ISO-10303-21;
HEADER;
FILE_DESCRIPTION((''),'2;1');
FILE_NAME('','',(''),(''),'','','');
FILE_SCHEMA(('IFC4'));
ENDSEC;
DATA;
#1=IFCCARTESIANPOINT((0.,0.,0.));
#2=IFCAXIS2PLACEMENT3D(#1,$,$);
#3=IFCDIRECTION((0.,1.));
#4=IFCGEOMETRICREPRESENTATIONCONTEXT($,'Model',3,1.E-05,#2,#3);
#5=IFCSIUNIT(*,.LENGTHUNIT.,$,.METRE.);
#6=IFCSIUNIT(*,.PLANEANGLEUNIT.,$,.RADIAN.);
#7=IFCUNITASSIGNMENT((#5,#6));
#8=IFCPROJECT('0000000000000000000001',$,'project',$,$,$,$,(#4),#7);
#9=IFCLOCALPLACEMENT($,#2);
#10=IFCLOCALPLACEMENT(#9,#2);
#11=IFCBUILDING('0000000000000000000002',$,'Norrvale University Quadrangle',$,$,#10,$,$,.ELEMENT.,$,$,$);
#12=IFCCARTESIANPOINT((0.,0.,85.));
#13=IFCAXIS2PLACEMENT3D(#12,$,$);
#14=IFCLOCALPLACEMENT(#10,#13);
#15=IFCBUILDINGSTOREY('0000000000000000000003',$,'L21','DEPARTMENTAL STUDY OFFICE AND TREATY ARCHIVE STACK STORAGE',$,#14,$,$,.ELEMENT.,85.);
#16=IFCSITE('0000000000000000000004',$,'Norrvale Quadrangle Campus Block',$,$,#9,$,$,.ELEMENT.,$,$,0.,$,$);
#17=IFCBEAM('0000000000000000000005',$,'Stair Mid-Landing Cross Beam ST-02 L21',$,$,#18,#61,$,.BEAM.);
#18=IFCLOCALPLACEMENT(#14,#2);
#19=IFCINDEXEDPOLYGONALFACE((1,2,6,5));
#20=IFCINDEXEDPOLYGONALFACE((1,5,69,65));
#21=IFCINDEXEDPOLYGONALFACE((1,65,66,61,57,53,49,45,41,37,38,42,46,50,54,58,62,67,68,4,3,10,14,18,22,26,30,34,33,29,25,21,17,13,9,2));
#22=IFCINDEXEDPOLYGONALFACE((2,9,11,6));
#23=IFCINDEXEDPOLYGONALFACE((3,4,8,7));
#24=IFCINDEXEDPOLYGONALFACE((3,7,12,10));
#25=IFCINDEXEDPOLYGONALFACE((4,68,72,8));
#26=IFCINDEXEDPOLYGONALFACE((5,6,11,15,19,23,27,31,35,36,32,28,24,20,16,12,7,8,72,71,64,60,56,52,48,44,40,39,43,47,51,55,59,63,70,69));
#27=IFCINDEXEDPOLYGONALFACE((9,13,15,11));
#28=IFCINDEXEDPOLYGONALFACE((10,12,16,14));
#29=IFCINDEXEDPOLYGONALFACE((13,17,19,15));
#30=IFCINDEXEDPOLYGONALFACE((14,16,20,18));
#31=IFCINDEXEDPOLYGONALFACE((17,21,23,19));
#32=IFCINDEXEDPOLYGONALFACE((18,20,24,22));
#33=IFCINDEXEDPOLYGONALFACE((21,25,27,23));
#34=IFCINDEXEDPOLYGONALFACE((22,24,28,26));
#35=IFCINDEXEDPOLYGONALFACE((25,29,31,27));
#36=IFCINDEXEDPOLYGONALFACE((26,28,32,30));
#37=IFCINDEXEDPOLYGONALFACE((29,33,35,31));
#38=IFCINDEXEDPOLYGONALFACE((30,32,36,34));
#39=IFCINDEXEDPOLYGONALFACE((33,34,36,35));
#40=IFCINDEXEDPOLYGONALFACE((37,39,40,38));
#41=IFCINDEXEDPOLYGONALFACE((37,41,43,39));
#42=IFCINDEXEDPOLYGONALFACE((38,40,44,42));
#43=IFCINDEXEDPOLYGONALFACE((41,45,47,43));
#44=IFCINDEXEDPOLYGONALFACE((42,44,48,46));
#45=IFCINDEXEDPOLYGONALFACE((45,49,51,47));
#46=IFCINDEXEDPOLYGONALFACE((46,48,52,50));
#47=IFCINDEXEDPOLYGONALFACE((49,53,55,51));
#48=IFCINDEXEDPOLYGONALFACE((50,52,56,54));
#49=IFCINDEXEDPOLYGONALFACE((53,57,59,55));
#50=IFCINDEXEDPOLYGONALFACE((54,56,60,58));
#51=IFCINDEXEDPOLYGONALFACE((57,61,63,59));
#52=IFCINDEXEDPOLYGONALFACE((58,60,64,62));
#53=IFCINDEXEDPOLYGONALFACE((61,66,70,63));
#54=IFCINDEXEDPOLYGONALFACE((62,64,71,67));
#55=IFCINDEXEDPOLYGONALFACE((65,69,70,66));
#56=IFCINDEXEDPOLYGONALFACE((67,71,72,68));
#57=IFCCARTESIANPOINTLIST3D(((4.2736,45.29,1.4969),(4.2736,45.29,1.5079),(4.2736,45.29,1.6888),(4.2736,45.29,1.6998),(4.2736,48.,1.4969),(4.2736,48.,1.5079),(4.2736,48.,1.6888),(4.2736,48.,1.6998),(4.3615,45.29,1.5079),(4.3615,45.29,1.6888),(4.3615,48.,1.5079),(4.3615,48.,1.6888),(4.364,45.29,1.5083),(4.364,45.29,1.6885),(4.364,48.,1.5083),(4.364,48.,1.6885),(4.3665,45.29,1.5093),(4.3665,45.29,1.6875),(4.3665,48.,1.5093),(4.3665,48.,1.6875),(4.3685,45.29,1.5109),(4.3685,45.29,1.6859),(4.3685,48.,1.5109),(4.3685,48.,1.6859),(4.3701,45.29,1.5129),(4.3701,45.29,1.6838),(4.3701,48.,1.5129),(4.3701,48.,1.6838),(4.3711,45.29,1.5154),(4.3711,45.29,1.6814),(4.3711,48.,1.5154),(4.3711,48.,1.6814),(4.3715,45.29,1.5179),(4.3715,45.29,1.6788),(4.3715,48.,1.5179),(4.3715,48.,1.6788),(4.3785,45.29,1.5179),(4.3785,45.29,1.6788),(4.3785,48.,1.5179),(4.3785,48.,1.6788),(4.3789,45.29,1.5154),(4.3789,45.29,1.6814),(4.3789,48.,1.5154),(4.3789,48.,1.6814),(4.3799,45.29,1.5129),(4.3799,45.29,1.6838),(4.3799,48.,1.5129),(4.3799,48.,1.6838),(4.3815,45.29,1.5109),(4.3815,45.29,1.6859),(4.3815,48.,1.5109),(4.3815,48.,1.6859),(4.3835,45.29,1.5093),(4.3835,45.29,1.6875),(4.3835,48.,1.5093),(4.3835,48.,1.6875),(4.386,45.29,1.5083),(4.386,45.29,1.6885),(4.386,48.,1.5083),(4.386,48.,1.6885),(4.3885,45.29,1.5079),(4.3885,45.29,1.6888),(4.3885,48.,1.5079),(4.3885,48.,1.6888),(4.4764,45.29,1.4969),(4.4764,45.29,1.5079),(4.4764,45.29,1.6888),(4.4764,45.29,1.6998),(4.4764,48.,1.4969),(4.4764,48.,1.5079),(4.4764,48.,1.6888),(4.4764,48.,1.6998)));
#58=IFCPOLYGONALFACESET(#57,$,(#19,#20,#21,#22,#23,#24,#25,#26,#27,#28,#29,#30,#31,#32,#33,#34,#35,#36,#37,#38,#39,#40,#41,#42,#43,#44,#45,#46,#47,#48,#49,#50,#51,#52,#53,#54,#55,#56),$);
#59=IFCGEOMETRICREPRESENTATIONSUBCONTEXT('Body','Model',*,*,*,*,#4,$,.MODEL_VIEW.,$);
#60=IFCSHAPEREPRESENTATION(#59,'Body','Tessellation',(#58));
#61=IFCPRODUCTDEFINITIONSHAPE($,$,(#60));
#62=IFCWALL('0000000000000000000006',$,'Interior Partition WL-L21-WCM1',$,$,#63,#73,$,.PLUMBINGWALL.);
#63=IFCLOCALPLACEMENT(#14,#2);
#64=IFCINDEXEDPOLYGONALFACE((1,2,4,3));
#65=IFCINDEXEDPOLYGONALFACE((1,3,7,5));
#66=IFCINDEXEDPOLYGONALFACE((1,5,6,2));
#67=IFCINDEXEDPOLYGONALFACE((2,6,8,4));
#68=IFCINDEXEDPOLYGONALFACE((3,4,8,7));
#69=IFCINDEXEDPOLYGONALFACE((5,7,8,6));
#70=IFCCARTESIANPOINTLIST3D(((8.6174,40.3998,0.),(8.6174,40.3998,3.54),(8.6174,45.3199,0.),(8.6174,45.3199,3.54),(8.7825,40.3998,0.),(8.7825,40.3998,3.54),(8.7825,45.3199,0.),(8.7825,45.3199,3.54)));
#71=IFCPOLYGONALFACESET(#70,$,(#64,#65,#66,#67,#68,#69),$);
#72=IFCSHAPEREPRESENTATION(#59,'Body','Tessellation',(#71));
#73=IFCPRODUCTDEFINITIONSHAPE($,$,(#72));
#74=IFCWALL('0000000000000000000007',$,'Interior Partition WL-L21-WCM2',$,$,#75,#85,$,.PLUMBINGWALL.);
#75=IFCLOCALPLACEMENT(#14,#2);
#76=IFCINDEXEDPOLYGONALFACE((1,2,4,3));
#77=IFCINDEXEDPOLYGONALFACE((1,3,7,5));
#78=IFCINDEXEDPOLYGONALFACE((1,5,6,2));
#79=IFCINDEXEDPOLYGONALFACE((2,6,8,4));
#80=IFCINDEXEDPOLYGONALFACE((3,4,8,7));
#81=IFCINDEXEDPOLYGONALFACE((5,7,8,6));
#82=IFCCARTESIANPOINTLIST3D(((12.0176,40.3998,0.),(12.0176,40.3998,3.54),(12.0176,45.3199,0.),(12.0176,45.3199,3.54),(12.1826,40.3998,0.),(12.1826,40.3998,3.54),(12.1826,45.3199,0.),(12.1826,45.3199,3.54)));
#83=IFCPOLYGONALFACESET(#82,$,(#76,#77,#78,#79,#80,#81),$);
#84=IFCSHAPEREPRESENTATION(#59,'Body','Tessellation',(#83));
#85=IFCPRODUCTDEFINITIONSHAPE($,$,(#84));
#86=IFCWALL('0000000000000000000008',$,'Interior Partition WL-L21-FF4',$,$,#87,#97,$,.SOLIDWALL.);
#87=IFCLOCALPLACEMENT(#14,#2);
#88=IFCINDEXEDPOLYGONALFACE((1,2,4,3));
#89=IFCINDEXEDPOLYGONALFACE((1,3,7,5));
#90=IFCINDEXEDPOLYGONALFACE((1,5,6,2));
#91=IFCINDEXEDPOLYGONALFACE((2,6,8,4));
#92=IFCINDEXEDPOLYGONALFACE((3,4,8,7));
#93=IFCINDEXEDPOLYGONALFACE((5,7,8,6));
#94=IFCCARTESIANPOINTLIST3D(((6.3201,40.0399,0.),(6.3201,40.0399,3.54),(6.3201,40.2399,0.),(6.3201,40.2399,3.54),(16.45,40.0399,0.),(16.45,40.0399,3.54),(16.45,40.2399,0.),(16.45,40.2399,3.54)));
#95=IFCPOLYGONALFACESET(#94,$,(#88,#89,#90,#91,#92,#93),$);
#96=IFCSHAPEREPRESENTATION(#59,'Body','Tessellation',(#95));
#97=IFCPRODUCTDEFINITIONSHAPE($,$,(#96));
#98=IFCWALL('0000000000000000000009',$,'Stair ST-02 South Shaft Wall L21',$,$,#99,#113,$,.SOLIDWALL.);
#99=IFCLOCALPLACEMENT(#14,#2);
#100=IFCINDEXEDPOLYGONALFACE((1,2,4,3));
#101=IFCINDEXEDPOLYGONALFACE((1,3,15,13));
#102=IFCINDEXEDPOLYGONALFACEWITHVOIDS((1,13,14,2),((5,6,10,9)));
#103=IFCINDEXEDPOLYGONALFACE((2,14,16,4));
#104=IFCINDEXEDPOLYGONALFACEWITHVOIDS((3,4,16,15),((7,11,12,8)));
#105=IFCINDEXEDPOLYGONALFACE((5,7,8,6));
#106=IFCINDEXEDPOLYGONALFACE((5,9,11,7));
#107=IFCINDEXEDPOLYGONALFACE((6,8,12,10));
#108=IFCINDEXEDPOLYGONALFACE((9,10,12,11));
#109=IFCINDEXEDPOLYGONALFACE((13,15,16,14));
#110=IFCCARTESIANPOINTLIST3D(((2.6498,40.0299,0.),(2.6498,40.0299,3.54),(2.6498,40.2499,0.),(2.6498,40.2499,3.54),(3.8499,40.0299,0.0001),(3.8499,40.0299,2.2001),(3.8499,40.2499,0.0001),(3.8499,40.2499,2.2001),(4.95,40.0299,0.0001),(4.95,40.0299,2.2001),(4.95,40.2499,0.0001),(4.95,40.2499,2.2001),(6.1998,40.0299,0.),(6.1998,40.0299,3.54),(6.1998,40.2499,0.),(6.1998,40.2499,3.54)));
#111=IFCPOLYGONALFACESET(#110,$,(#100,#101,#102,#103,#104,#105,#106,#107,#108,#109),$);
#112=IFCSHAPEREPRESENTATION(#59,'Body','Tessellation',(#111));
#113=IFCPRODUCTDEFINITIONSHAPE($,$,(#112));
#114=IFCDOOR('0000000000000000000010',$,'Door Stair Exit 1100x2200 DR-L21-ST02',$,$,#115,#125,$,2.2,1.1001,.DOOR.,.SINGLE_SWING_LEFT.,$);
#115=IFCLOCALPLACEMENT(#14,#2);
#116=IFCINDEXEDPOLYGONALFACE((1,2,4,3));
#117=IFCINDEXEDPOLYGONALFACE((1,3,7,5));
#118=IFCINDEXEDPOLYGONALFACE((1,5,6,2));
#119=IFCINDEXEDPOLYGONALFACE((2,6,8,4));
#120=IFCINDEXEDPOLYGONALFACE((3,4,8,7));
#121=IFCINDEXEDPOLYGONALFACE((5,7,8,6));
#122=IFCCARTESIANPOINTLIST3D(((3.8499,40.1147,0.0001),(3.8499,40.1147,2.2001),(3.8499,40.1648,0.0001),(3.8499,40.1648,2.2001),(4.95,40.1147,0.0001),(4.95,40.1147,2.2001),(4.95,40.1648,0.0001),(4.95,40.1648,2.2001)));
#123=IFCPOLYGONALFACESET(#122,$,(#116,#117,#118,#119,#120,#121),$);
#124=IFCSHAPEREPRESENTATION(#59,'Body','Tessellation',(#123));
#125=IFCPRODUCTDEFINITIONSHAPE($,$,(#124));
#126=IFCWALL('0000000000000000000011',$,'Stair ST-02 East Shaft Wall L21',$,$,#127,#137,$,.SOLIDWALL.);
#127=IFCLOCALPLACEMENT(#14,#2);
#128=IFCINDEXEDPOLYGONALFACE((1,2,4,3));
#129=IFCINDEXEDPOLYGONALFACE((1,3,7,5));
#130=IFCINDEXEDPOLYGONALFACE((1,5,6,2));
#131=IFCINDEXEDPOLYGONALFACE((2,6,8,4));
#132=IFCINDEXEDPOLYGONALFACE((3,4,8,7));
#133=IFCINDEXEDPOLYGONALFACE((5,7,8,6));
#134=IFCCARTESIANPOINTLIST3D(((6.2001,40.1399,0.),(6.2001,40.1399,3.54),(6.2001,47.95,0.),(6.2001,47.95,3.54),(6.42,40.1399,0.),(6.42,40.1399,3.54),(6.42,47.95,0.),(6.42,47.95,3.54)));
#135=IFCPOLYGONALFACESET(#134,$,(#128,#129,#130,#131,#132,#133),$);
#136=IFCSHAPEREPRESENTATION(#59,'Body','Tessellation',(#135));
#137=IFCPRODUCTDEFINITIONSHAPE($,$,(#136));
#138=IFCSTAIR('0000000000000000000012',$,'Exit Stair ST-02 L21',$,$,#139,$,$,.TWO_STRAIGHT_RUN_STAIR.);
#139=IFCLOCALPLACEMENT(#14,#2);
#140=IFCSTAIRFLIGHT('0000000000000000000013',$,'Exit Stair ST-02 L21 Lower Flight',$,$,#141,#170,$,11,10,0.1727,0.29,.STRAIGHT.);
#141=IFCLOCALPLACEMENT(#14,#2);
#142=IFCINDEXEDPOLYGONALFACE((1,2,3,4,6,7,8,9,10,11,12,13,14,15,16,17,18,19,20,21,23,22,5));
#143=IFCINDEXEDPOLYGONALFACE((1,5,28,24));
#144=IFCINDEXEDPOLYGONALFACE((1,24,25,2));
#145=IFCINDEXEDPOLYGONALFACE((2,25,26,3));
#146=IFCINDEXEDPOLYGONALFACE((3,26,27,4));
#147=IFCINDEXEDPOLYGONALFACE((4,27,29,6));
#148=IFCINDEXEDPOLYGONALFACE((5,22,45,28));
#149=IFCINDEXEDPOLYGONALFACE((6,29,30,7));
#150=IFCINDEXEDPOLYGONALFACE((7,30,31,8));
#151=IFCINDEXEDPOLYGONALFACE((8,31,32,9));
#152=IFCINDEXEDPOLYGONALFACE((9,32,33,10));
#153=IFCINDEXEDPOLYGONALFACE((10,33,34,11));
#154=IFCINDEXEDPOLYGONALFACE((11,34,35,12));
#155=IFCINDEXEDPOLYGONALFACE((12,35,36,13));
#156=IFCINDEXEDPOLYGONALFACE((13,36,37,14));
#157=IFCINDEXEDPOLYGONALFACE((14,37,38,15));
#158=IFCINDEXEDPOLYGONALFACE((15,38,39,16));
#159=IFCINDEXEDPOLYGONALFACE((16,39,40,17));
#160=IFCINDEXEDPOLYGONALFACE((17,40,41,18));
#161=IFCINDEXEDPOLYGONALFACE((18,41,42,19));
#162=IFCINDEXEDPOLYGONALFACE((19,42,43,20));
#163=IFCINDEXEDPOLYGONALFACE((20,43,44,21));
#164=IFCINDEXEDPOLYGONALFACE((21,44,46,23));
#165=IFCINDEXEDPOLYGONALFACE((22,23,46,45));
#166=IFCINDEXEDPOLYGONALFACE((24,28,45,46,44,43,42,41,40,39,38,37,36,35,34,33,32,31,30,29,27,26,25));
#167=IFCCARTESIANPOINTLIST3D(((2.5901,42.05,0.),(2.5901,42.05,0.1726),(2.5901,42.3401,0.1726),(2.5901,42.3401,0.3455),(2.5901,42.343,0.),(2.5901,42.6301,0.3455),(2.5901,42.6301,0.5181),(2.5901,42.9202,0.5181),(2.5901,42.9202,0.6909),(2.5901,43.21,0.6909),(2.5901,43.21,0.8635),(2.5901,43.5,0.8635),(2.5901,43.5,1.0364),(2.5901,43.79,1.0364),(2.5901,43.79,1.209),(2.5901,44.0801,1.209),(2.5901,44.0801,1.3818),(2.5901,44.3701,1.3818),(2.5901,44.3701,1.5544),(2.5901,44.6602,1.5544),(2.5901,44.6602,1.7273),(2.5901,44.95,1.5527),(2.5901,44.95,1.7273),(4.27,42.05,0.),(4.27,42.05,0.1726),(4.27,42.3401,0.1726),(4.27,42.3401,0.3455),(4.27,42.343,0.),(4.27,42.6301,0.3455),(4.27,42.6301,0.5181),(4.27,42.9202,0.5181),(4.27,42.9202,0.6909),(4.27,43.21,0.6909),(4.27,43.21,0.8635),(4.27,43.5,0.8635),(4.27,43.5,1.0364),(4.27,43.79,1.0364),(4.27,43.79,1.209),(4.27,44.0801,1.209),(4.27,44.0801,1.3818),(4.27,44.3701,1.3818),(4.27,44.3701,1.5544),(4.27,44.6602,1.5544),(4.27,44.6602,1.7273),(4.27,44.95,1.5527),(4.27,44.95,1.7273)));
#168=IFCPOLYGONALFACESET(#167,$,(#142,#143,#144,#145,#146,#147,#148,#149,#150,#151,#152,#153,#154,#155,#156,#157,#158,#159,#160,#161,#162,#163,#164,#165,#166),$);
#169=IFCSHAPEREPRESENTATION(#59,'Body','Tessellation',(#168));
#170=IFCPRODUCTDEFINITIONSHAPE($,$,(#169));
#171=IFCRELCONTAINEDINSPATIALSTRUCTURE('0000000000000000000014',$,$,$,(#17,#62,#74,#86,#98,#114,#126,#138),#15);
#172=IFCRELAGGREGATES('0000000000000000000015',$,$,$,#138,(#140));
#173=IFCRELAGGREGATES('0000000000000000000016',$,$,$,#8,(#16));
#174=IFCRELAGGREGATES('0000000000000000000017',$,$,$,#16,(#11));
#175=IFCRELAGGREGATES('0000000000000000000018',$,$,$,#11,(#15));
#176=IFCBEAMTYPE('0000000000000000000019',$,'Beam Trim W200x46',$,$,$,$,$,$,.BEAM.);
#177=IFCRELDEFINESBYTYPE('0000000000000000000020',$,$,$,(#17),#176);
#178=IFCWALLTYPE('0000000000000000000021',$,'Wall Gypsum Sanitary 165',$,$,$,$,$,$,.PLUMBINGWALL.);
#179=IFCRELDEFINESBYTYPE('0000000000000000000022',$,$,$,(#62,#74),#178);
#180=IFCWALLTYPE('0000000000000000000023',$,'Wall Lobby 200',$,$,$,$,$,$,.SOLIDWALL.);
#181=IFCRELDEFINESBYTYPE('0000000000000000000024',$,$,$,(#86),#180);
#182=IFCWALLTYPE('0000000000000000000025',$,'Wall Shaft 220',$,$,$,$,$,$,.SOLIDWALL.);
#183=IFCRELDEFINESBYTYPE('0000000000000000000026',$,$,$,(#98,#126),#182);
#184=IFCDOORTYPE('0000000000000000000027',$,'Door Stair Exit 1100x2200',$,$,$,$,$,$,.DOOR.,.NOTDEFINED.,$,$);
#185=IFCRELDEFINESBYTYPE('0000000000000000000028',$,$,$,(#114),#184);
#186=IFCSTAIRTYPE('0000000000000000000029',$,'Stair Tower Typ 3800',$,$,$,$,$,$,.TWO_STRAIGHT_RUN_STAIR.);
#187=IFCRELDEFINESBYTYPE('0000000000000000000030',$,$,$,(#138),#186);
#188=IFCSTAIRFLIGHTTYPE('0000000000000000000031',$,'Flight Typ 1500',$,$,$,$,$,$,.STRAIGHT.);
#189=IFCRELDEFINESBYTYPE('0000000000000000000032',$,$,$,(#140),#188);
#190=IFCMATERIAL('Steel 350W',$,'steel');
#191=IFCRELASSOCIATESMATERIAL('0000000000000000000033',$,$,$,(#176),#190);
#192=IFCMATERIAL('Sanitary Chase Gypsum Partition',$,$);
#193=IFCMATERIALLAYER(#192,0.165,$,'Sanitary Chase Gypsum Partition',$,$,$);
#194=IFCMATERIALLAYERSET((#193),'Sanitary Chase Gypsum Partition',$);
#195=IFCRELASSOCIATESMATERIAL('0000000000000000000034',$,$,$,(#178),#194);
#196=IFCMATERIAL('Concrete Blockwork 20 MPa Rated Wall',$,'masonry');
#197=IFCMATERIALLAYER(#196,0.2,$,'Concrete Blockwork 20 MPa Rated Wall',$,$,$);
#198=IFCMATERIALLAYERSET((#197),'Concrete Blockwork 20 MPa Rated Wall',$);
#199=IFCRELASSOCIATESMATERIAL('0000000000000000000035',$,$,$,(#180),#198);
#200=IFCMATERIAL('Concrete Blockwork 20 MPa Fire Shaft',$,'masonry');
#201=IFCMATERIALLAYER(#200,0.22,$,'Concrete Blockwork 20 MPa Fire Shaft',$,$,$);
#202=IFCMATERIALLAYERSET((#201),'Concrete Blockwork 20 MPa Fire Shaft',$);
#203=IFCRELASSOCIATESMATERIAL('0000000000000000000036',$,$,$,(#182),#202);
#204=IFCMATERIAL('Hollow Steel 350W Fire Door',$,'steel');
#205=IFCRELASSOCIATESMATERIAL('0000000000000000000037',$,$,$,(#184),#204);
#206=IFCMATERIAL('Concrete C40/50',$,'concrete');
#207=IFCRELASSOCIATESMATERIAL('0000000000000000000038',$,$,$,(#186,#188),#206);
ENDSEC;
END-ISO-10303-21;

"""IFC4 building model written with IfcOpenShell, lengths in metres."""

from ifc_helpers import new_model, si_unit, direction, frame, frame_2d, origin, origin_2d, place, context, subcontext, project, spatial, polyline, rectangle, i_section, outline, extrude, material, layer, layer_set, material_profile, profile_set, type_object, element, fill, aggregate, save


model = new_model("IFC4")

# Units and contexts
model_context = context("Model", 3, precision=1e-05, world=origin(), true_north=direction((0.0, 1.0)))
body_context = subcontext(model_context, "Body", "Model", "MODEL_VIEW")
ifc_project = project(units=[si_unit("LENGTHUNIT", "METRE"), si_unit("PLANEANGLEUNIT", "RADIAN")], contexts=[model_context])

# Site, building, storey
site_placement = place(None, origin())
site = spatial("IfcSite", under=ifc_project, at=site_placement, Name="Norrvale Quadrangle Campus Block", CompositionType="ELEMENT", RefElevation=0.0)
building_placement = place(site_placement, origin())
building = spatial("IfcBuilding", under=site, at=building_placement, Name="Norrvale University Quadrangle", CompositionType="ELEMENT")
storey_placement = place(building_placement, frame((0.0, 0.0, 85.0)))
storey = spatial("IfcBuildingStorey", under=building, at=storey_placement, Name="L21", Description="DEPARTMENTAL STUDY OFFICE AND TREATY ARCHIVE STACK STORAGE", CompositionType="ELEMENT", Elevation=85.0)

# Beam
ifc_material_1 = material(Name="Steel 350W", Category="steel")
ifc_material_profile_1 = material_profile(ifc_material_1, i_section(OverallWidth=0.2029, OverallDepth=0.2029, WebThickness=0.0071, FlangeThickness=0.011, FilletRadius=0.01, at=origin_2d()), Name="Steel 350W")
ifc_profile_set_1 = profile_set([ifc_material_profile_1], Name="Steel 350W")
beam_type_1 = type_object("IfcBeamType", Name="Beam Trim W200x46", PredefinedType="BEAM", material=ifc_profile_set_1)
beam_1_placement = place(storey_placement, frame((4.375, 45.29, 1.5984), z_axis=(0.0, 1.0, 0.0), x_axis=(-1.0, 0.0, 0.0)))
element("IfcBeam", 1, at=beam_1_placement, inside=storey, type_object=beam_type_1, Name="Stair Mid-Landing Cross Beam ST-02 L21", PredefinedType="BEAM", context=body_context, shape_type="SweptSolid", body=[
    extrude(i_section(OverallWidth=0.2029, OverallDepth=0.2029, WebThickness=0.0071, FlangeThickness=0.011, FilletRadius=0.01, at=origin_2d()), origin(), (0.0, 0.0, 1.0), 2.71),
])

# Walls
ifc_material_2 = material(Name="Sanitary Chase Gypsum Partition")
ifc_layer_1 = layer(ifc_material_2, 0.165, Name="Sanitary Chase Gypsum Partition")
ifc_layer_set_1 = layer_set([ifc_layer_1], Name="Sanitary Chase Gypsum Partition")
wall_type_1 = type_object("IfcWallType", Name="Wall Gypsum Sanitary 165", PredefinedType="PLUMBINGWALL", material=ifc_layer_set_1)
for number, where, z_axis, x_axis, name in (
    (2, (8.7, 40.3999, 0.0), (0.0, 0.0, 1.0), (0.0, 1.0, 0.0), "Interior Partition WL-L21-WCM1"),
    (3, (12.1001, 40.3999, 0.0), (0.0, 0.0, 1.0), (0.0, 1.0, 0.0), "Interior Partition WL-L21-WCM2"),
):
    element("IfcWall", number, at=place(storey_placement, frame(where, z_axis=z_axis, x_axis=x_axis)), inside=storey, type_object=wall_type_1, Name=name, PredefinedType="PLUMBINGWALL", context=body_context, shape_type="SweptSolid", body=[
        extrude(rectangle(XDim=4.9202, YDim=0.165, at=frame_2d((2.46, 0.0))), origin(), (0.0, 0.0, 1.0), 3.54),
    ])
ifc_material_3 = material(Name="Concrete Blockwork 20 MPa Rated Wall", Category="masonry")
ifc_layer_2 = layer(ifc_material_3, 0.2, Name="Concrete Blockwork 20 MPa Rated Wall")
ifc_layer_set_2 = layer_set([ifc_layer_2], Name="Concrete Blockwork 20 MPa Rated Wall")
wall_type_2 = type_object("IfcWallType", Name="Wall Lobby 200", PredefinedType="SOLIDWALL", material=ifc_layer_set_2)
wall_1_placement = place(storey_placement, frame((6.3201, 40.1399, 0.0), z_axis=(0.0, 0.0, 1.0), x_axis=(1.0, 0.0, 0.0)))
element("IfcWall", 4, at=wall_1_placement, inside=storey, type_object=wall_type_2, Name="Interior Partition WL-L21-FF4", PredefinedType="SOLIDWALL", context=body_context, shape_type="SweptSolid", body=[
    extrude(rectangle(XDim=10.1299, YDim=0.2, at=frame_2d((5.0649, 0.0))), origin(), (0.0, 0.0, 1.0), 3.54),
])

# Wall, opening, door
ifc_material_4 = material(Name="Concrete Blockwork 20 MPa Fire Shaft", Category="masonry")
ifc_layer_3 = layer(ifc_material_4, 0.22, Name="Concrete Blockwork 20 MPa Fire Shaft")
ifc_layer_set_3 = layer_set([ifc_layer_3], Name="Concrete Blockwork 20 MPa Fire Shaft")
wall_type_3 = type_object("IfcWallType", Name="Wall Shaft 220", PredefinedType="SOLIDWALL", material=ifc_layer_set_3)
wall_2_placement = place(storey_placement, frame((2.6499, 40.1399, 0.0), z_axis=(0.0, 0.0, 1.0), x_axis=(1.0, 0.0, 0.0)))
wall_2 = element("IfcWall", 5, at=wall_2_placement, inside=storey, type_object=wall_type_3, Name="Stair ST-02 South Shaft Wall L21", PredefinedType="SOLIDWALL", context=body_context, shape_type="SweptSolid", body=[
    extrude(rectangle(XDim=3.55, YDim=0.22, at=frame_2d((1.7749, 0.0))), origin(), (0.0, 0.0, 1.0), 3.54),
])
opening_placement = place(wall_2_placement, frame((1.2, 0.0, 0.0)))
opening = element("IfcOpeningElement", 6, at=opening_placement, cuts=wall_2, PredefinedType="OPENING", context=body_context, shape_type="SweptSolid", body=[
    extrude(rectangle(XDim=1.1001, YDim=2.2, at=frame_2d((0.55, 1.1001))), frame((0.0, 0.1221, 0.0), z_axis=(0.0, -1.0, 0.0), x_axis=(1.0, 0.0, 0.0)), (0.0, 0.0, 1.0), 0.2439),
])
ifc_material_5 = material(Name="Hollow Steel 350W Fire Door", Category="steel")
door_type = type_object("IfcDoorType", Name="Door Stair Exit 1100x2200", OperationType="NOTDEFINED", PredefinedType="DOOR", material=ifc_material_5)
door_placement = place(opening_placement, origin())
door = element("IfcDoor", 7, at=door_placement, inside=storey, type_object=door_type, Name="Door Stair Exit 1100x2200 DR-L21-ST02", OperationType="SINGLE_SWING_LEFT", OverallHeight=2.2, OverallWidth=1.1001, PredefinedType="DOOR", context=body_context, shape_type="SweptSolid", body=[
    extrude(rectangle(XDim=1.1001, YDim=2.2, at=frame_2d((0.55, 1.1001))), frame((0.0, 0.0249, 0.0), z_axis=(0.0, -1.0, 0.0), x_axis=(1.0, 0.0, 0.0)), (0.0, 0.0, 1.0), 0.05),
])
fill(opening, door)

# Wall
wall_3_placement = place(storey_placement, frame((6.3101, 40.1399, 0.0), z_axis=(0.0, 0.0, 1.0), x_axis=(0.0, 1.0, 0.0)))
element("IfcWall", 8, at=wall_3_placement, inside=storey, type_object=wall_type_3, Name="Stair ST-02 East Shaft Wall L21", PredefinedType="SOLIDWALL", context=body_context, shape_type="SweptSolid", body=[
    extrude(rectangle(XDim=7.8101, YDim=0.22, at=frame_2d((3.905, 0.0))), origin(), (0.0, 0.0, 1.0), 3.54),
])

# Stair, stair flight
ifc_material_6 = material(Name="Concrete C40/50", Category="concrete")
stair_type = type_object("IfcStairType", Name="Stair Tower Typ 3800", PredefinedType="TWO_STRAIGHT_RUN_STAIR", material=ifc_material_6)
stair_placement = place(storey_placement, origin())
stair = element("IfcStair", 9, at=stair_placement, inside=storey, type_object=stair_type, Name="Exit Stair ST-02 L21", PredefinedType="TWO_STRAIGHT_RUN_STAIR")
stair_flight_type = type_object("IfcStairFlightType", Name="Flight Typ 1500", PredefinedType="STRAIGHT", material=ifc_material_6)
stair_flight_1_placement = place(storey_placement, frame((3.4299, 42.05, 0.0), z_axis=(0.0, 0.0, 1.0), x_axis=(0.0, 1.0, 0.0)))
stair_flight_1 = element("IfcStairFlight", 10, at=stair_flight_1_placement, type_object=stair_flight_type, Name="Exit Stair ST-02 L21 Lower Flight", NumberOfRisers=11, NumberOfTreads=10, PredefinedType="STRAIGHT", RiserHeight=0.1727, TreadLength=0.29, context=body_context, shape_type="SweptSolid", body=[
    extrude(outline(polyline([(0.0, 0.0), (0.0, 0.1726), (0.29, 0.1726), (0.29, 0.3455), (0.5801, 0.3455), (0.5801, 0.5181), (0.8701, 0.5181), (0.8701, 0.6909), (1.1599, 0.6909), (1.1599, 0.8635), (1.45, 0.8635), (1.45, 1.0364), (1.74, 1.0364), (1.74, 1.209), (2.03, 1.209), (2.03, 1.3818), (2.3201, 1.3818), (2.3201, 1.5544), (2.6101, 1.5544), (2.6101, 1.7273), (2.8999, 1.7273), (2.8999, 1.8999), (2.8999, 1.5527), (0.293, 0.0), (0.0, 0.0)])), frame((0.0, 0.8398, 0.0), z_axis=(0.0, -1.0, 0.0), x_axis=(1.0, 0.0, 0.0)), (0.0, 0.0, 1.0), 1.6799),
])
aggregate(stair, [stair_flight_1])

save(model, "model.ifc")
